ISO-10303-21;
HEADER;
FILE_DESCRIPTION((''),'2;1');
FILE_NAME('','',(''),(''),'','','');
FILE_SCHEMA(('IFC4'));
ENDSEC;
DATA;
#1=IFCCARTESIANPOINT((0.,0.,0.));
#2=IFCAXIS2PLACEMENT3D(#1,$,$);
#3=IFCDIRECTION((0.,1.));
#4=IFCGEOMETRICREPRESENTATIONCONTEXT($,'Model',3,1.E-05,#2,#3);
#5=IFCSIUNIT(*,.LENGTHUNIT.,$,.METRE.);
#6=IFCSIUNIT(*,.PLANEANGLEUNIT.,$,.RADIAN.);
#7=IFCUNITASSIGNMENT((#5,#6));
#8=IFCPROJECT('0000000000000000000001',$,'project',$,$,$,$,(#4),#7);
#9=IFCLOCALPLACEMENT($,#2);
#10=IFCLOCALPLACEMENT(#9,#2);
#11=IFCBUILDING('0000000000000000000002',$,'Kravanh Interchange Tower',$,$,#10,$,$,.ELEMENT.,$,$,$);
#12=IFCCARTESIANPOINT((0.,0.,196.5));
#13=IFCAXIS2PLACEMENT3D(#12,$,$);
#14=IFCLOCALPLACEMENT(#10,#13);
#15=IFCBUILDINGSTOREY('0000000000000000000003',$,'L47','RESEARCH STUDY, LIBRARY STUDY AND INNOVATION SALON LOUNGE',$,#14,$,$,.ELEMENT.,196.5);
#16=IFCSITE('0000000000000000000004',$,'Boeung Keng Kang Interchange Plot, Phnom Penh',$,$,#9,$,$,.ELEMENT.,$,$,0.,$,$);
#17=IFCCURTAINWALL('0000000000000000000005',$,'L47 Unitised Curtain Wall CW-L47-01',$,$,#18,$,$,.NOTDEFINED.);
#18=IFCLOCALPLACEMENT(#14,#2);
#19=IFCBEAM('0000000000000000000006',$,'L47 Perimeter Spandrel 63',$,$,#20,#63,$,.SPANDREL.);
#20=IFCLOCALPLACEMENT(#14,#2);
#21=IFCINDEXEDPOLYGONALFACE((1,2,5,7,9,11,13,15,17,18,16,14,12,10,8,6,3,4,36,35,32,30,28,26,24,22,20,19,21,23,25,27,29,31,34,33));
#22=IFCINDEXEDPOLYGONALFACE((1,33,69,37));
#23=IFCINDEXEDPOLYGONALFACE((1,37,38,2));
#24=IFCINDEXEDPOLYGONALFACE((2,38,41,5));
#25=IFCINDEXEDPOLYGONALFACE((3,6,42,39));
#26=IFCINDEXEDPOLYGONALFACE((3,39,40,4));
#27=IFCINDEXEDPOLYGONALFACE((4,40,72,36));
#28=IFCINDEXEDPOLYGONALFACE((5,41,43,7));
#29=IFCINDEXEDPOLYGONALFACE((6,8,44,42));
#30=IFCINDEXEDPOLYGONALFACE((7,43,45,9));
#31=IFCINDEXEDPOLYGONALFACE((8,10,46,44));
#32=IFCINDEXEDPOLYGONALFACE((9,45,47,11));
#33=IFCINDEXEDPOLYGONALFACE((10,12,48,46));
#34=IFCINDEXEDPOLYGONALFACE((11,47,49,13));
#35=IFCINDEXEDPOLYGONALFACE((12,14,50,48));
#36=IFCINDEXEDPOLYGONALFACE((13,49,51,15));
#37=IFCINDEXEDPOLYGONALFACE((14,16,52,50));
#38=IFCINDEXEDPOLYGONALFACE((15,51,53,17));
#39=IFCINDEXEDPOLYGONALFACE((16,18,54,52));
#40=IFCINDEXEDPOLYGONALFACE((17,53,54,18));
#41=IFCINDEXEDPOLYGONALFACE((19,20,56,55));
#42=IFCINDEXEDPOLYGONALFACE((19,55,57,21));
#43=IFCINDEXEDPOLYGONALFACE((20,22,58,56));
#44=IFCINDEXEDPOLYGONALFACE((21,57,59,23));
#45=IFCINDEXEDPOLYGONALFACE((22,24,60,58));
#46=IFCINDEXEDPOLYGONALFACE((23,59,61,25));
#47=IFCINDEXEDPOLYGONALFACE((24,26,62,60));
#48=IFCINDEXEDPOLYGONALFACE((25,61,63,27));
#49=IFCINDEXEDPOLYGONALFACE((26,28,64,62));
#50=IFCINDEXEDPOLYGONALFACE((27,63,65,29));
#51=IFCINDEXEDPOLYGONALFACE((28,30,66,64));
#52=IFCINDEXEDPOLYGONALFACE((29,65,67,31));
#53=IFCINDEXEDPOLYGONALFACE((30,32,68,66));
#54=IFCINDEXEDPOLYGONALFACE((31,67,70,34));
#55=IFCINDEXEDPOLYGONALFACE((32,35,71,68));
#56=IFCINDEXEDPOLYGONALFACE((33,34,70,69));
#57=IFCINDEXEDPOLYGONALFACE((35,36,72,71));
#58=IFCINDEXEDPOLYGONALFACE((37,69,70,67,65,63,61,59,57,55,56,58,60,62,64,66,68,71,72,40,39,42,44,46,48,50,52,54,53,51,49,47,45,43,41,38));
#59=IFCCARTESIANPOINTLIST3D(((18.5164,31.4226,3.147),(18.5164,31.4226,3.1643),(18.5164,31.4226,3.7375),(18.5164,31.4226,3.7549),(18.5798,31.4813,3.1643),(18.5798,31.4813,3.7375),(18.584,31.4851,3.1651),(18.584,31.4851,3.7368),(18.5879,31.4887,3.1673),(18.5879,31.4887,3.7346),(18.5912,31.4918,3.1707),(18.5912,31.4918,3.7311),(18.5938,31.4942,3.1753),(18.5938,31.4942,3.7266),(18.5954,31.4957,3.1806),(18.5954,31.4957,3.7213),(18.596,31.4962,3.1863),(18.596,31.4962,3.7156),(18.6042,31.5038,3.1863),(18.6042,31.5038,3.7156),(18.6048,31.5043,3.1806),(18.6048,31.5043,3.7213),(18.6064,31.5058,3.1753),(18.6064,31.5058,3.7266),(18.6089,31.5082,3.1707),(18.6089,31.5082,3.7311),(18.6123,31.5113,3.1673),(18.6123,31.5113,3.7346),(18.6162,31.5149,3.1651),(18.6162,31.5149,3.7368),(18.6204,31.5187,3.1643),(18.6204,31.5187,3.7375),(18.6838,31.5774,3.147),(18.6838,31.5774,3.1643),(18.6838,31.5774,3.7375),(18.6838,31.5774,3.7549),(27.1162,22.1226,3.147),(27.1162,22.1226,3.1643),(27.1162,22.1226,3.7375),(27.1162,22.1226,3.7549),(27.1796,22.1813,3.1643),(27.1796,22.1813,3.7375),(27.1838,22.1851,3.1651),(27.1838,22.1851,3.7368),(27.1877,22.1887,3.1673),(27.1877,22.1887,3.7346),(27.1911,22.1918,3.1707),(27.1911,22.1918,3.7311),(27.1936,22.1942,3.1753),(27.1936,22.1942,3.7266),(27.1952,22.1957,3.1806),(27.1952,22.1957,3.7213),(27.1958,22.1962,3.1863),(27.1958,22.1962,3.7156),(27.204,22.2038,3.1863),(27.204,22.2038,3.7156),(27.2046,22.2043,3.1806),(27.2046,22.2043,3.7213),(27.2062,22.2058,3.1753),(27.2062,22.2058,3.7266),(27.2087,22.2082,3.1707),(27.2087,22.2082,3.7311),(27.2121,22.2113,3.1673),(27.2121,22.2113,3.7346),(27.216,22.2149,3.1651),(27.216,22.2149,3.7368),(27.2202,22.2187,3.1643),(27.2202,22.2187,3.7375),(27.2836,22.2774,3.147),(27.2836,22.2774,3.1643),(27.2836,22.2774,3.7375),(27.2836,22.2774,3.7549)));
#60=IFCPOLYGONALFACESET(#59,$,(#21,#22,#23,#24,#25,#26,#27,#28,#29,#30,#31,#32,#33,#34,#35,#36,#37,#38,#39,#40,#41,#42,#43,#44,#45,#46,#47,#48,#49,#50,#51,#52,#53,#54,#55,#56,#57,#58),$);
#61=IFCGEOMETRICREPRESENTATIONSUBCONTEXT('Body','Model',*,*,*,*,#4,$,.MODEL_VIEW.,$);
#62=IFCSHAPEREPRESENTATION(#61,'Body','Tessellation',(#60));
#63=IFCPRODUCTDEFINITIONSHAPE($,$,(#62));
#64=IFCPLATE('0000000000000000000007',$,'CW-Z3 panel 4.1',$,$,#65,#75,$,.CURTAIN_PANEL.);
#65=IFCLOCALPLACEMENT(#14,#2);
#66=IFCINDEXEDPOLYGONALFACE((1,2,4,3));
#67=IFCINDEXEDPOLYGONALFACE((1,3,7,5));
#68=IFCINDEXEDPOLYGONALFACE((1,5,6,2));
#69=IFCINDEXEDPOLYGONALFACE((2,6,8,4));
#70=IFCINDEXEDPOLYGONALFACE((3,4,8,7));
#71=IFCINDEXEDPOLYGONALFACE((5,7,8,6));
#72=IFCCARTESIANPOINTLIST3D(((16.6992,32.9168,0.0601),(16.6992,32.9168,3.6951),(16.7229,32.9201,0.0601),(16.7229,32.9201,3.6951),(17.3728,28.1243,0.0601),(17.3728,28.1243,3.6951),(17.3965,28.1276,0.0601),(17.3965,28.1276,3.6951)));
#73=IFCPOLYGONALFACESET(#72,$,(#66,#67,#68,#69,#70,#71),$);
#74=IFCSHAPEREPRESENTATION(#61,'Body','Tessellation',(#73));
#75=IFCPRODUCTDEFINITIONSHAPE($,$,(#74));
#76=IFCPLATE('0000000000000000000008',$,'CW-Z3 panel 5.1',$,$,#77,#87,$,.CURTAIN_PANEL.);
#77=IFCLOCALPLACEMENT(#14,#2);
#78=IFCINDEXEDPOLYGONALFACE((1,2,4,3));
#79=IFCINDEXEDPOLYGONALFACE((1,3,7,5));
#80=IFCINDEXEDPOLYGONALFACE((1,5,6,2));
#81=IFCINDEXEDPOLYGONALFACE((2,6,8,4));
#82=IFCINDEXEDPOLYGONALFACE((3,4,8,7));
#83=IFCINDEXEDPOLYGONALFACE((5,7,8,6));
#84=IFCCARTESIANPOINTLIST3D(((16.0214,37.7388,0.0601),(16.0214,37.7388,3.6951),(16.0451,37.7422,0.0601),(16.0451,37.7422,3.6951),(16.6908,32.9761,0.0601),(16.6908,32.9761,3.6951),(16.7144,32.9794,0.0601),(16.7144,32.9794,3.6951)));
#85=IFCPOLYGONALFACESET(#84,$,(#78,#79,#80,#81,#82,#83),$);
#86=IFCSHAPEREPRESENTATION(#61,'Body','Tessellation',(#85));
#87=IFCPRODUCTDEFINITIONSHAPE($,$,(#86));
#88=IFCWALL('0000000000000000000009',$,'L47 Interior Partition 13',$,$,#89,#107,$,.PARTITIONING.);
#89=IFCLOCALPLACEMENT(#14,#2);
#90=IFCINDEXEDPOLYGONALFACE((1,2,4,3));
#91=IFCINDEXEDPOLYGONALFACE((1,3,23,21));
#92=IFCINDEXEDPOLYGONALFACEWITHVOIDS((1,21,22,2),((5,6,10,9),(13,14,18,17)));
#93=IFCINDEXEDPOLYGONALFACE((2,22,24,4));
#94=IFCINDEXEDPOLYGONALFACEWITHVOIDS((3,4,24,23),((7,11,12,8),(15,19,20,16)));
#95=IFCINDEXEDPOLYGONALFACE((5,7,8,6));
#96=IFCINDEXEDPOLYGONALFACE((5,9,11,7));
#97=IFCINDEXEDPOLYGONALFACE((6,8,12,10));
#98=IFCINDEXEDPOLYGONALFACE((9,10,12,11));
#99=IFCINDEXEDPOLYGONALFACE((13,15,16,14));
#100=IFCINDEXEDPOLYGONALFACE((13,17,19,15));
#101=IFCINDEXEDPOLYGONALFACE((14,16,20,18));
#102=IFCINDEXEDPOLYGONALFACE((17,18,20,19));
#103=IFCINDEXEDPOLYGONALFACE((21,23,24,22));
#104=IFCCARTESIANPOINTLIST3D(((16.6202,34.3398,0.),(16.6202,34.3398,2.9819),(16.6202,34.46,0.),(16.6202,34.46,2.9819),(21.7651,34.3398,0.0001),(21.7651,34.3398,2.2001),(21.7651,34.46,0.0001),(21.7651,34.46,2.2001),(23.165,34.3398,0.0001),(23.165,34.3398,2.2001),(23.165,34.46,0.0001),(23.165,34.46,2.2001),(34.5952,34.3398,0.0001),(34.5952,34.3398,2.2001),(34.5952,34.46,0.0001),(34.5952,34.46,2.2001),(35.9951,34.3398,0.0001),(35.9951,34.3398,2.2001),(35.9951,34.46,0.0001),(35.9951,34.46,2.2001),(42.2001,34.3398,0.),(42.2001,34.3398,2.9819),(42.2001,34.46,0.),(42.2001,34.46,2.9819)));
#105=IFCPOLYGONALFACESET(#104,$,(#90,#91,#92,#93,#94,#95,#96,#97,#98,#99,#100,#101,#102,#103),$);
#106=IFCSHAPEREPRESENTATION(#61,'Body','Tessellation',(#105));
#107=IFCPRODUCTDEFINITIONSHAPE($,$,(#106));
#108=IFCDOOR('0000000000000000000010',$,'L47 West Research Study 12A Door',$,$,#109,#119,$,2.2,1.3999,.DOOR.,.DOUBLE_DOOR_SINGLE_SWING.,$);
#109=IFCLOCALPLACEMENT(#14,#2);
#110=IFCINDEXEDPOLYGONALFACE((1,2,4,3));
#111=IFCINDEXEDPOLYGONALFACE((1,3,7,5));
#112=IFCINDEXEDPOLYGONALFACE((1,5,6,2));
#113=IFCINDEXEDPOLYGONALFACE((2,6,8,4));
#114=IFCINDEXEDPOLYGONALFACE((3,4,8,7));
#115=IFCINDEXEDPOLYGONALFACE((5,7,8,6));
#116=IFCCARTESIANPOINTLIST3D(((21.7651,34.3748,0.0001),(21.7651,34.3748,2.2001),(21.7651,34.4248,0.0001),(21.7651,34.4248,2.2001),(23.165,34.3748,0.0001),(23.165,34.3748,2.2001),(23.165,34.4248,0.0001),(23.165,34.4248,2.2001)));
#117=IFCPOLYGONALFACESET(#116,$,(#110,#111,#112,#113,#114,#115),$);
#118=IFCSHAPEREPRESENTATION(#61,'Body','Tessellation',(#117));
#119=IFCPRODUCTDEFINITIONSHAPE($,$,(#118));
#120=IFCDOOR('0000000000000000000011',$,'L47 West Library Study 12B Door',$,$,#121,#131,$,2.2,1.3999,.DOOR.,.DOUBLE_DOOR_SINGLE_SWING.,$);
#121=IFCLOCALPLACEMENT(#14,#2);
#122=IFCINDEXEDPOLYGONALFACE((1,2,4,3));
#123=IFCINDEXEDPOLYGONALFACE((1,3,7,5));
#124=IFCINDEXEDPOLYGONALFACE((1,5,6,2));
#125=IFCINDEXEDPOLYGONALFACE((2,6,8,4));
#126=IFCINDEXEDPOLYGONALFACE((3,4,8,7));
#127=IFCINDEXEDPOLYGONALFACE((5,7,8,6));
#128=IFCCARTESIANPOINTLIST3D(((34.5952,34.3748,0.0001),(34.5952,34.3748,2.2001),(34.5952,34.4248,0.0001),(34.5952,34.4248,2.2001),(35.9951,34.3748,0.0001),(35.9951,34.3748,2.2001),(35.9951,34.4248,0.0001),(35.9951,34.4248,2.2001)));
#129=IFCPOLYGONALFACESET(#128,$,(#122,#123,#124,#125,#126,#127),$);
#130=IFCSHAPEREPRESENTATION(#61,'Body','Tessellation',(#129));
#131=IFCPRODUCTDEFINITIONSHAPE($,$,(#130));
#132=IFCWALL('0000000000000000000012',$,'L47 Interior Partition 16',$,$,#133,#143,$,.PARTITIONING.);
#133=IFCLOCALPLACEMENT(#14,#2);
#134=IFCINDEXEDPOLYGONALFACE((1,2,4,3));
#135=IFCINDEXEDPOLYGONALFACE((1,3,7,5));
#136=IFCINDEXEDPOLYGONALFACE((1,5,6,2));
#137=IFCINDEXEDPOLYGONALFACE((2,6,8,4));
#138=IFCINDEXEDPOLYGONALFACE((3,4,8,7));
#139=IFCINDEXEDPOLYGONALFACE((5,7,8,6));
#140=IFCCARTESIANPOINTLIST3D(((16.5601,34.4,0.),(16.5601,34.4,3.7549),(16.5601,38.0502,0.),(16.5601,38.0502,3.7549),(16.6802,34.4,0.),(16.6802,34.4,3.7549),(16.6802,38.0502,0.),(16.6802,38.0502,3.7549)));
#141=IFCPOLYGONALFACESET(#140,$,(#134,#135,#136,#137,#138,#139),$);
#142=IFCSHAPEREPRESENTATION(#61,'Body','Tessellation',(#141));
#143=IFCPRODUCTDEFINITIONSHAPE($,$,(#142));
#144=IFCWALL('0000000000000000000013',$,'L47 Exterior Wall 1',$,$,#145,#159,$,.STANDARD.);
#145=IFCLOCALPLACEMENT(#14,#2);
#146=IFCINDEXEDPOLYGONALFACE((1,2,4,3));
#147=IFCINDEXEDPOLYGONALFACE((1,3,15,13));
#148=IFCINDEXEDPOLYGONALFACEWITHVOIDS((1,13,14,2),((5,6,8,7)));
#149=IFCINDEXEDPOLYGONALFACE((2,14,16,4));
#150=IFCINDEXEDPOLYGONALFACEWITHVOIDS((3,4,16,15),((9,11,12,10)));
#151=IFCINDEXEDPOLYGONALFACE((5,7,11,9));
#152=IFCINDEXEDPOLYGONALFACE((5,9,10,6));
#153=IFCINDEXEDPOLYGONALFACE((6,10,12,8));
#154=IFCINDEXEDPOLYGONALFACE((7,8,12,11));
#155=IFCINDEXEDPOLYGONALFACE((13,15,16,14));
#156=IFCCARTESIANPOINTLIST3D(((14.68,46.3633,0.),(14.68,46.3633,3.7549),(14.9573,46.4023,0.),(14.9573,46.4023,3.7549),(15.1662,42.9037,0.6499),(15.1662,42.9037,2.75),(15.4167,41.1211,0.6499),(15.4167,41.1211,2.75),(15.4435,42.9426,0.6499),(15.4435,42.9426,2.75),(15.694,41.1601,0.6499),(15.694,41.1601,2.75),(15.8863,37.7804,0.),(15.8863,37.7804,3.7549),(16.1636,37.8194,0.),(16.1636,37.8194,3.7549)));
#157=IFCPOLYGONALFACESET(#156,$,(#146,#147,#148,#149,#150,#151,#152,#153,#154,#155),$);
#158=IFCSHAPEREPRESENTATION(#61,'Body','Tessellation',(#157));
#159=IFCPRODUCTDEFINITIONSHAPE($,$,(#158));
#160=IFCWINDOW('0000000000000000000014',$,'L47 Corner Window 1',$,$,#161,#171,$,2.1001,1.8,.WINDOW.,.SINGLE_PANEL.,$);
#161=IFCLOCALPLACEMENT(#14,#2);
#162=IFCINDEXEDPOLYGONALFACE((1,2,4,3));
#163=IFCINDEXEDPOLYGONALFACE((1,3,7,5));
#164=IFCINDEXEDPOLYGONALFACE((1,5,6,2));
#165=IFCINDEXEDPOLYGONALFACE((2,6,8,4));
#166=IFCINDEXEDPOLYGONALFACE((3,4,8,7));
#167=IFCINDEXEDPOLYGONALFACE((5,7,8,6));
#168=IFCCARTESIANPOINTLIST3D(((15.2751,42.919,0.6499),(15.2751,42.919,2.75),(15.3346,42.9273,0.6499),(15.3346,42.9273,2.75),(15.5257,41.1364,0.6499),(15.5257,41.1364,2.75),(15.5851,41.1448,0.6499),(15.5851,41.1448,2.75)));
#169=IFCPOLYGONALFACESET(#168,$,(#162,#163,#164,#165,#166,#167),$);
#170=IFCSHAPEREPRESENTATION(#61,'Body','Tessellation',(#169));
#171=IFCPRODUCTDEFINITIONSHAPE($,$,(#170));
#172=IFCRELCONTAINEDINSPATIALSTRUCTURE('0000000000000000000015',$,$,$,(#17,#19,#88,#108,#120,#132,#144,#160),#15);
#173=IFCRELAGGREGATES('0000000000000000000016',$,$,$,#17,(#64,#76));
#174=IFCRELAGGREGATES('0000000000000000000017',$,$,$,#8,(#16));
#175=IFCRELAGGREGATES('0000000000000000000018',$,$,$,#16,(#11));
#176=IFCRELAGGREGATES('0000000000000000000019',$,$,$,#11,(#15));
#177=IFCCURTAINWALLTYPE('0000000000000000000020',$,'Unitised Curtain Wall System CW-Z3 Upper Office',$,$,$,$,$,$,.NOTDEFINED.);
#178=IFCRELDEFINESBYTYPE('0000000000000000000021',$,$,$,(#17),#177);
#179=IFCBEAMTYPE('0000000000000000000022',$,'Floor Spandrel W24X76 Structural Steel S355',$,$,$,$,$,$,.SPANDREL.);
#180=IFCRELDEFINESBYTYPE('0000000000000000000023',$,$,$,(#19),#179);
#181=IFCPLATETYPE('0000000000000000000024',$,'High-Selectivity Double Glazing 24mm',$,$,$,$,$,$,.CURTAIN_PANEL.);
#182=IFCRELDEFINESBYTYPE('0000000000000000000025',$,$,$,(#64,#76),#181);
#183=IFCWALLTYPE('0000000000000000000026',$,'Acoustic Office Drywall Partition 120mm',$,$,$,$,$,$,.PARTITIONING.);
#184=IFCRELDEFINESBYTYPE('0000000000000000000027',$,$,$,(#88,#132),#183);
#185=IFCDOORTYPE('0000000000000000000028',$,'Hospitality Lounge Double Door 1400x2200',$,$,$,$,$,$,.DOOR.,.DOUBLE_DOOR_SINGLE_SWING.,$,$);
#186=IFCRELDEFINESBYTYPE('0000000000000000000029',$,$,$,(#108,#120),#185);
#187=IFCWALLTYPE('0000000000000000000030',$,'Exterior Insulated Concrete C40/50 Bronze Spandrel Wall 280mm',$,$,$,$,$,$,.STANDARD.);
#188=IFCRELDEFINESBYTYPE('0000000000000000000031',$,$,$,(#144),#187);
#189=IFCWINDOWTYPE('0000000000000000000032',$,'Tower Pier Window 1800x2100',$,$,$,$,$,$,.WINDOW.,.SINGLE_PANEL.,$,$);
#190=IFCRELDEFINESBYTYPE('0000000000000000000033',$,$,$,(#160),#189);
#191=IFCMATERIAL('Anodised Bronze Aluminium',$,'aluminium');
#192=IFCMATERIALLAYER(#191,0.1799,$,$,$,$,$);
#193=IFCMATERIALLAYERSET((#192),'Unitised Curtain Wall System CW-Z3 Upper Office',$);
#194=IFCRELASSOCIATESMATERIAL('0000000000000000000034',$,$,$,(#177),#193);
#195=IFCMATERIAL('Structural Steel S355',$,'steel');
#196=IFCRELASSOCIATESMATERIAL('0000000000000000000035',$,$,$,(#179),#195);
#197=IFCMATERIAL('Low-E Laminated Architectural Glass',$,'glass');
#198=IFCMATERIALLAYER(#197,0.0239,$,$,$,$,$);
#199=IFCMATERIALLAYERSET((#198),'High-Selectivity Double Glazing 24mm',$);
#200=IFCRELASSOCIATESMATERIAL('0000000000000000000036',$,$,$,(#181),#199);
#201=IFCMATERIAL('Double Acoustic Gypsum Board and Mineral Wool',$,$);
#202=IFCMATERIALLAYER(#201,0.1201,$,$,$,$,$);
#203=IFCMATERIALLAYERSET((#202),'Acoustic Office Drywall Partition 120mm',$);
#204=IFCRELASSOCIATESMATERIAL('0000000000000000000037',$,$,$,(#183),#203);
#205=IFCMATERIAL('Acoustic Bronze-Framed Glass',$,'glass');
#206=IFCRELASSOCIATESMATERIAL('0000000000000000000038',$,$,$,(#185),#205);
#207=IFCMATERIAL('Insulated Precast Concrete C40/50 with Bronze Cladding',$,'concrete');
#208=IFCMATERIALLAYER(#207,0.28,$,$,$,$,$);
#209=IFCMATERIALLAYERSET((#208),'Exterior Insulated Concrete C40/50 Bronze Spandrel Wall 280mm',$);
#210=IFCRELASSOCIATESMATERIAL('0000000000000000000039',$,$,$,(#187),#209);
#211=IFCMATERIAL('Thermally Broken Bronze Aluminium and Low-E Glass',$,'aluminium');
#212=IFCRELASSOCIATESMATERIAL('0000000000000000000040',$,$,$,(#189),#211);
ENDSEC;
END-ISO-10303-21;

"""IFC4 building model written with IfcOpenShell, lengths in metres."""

from ifc_helpers import new_model, si_unit, direction, frame, frame_2d, origin, origin_2d, place, context, subcontext, project, spatial, rectangle, i_section, extrude, material, layer, layer_set, material_profile, profile_set, type_object, element, fill, aggregate, save


model = new_model("IFC4")

# Units and contexts
model_context = context("Model", 3, precision=1e-05, world=origin(), true_north=direction((0.0, 1.0)))
body_context = subcontext(model_context, "Body", "Model", "MODEL_VIEW")
ifc_project = project(units=[si_unit("LENGTHUNIT", "METRE"), si_unit("PLANEANGLEUNIT", "RADIAN")], contexts=[model_context])

# Site, building, storey
site_placement = place(None, origin())
site = spatial("IfcSite", under=ifc_project, at=site_placement, Name="Boeung Keng Kang Interchange Plot, Phnom Penh", CompositionType="ELEMENT", RefElevation=0.0)
building_placement = place(site_placement, origin())
building = spatial("IfcBuilding", under=site, at=building_placement, Name="Kravanh Interchange Tower", CompositionType="ELEMENT")
storey_placement = place(building_placement, frame((0.0, 0.0, 196.5)))
storey = spatial("IfcBuildingStorey", under=building, at=storey_placement, Name="L47", Description="RESEARCH STUDY, LIBRARY STUDY AND INNOVATION SALON LOUNGE", CompositionType="ELEMENT", Elevation=196.5)

# Curtain wall
ifc_material_1 = material(Name="Anodised Bronze Aluminium", Category="aluminium")
ifc_layer_1 = layer(ifc_material_1, 0.1799)
ifc_layer_set_1 = layer_set([ifc_layer_1], Name="Unitised Curtain Wall System CW-Z3 Upper Office")
curtain_wall_type = type_object("IfcCurtainWallType", Name="Unitised Curtain Wall System CW-Z3 Upper Office", PredefinedType="NOTDEFINED", material=ifc_layer_set_1)
curtain_wall_placement = place(storey_placement, origin())
curtain_wall = element("IfcCurtainWall", 1, at=curtain_wall_placement, inside=storey, type_object=curtain_wall_type, Name="L47 Unitised Curtain Wall CW-L47-01", PredefinedType="NOTDEFINED")

# Beam
ifc_material_2 = material(Name="Structural Steel S355", Category="steel")
ifc_material_profile_1 = material_profile(ifc_material_2, i_section(OverallWidth=0.228, OverallDepth=0.6079, WebThickness=0.0112, FlangeThickness=0.0173, FilletRadius=0.022, at=origin_2d()), Name="W24X76")
ifc_profile_set_1 = profile_set([ifc_material_profile_1], Name="Structural Steel S355")
beam_type_1 = type_object("IfcBeamType", Name="Floor Spandrel W24X76 Structural Steel S355", PredefinedType="SPANDREL", material=ifc_profile_set_1)
beam_1_placement = place(storey_placement, frame((18.6001, 31.5, 3.4509), z_axis=(0.678927, -0.734205, 0.0), x_axis=(0.734205, 0.678927, 0.0)))
element("IfcBeam", 2, at=beam_1_placement, inside=storey, type_object=beam_type_1, Name="L47 Perimeter Spandrel 63", PredefinedType="SPANDREL", context=body_context, shape_type="SweptSolid", body=[
    extrude(i_section(OverallWidth=0.228, OverallDepth=0.6079, WebThickness=0.0112, FlangeThickness=0.0173, FilletRadius=0.022, at=origin_2d()), origin(), (0.0, 0.0, 1.0), 12.6667),
])

# Plates
ifc_material_3 = material(Name="Low-E Laminated Architectural Glass", Category="glass")
ifc_layer_2 = layer(ifc_material_3, 0.0239)
ifc_layer_set_2 = layer_set([ifc_layer_2], Name="High-Selectivity Double Glazing 24mm")
plate_type = type_object("IfcPlateType", Name="High-Selectivity Double Glazing 24mm", PredefinedType="CURTAIN_PANEL", material=ifc_layer_set_2)
plate_1_placement = place(storey_placement, frame((17.0479, 30.5222, 0.0601), z_axis=(0.0, 0.0, 1.0), x_axis=(-0.139172, 0.990268, 0.0)))
plate_1 = element("IfcPlate", 3, at=plate_1_placement, type_object=plate_type, Name="CW-Z3 panel 4.1", PredefinedType="CURTAIN_PANEL", context=body_context, shape_type="SweptSolid", body=[
    extrude(rectangle(XDim=4.8396, YDim=0.0239, at=origin_2d()), origin(), (0.0, 0.0, 1.0), 3.635),
])
plate_2_placement = place(storey_placement, frame((16.3679, 35.3591, 0.0601), z_axis=(0.0, 0.0, 1.0), x_axis=(-0.139172, 0.990268, 0.0)))
plate_2 = element("IfcPlate", 4, at=plate_2_placement, type_object=plate_type, Name="CW-Z3 panel 5.1", PredefinedType="CURTAIN_PANEL", context=body_context, shape_type="SweptSolid", body=[
    extrude(rectangle(XDim=4.8096, YDim=0.0239, at=origin_2d()), origin(), (0.0, 0.0, 1.0), 3.635),
])
aggregate(curtain_wall, [plate_1, plate_2])

# Wall, openings, doors
ifc_material_4 = material(Name="Double Acoustic Gypsum Board and Mineral Wool")
ifc_layer_3 = layer(ifc_material_4, 0.1201)
ifc_layer_set_3 = layer_set([ifc_layer_3], Name="Acoustic Office Drywall Partition 120mm")
wall_type_1 = type_object("IfcWallType", Name="Acoustic Office Drywall Partition 120mm", PredefinedType="PARTITIONING", material=ifc_layer_set_3)
wall_1_placement = place(storey_placement, frame((16.6201, 34.3999, 0.0), z_axis=(0.0, 0.0, 1.0), x_axis=(1.0, 0.0, 0.0)))
wall_1 = element("IfcWall", 5, at=wall_1_placement, inside=storey, type_object=wall_type_1, Name="L47 Interior Partition 13", PredefinedType="PARTITIONING", context=body_context, shape_type="SweptSolid", body=[
    extrude(rectangle(XDim=25.5798, YDim=0.1201, at=frame_2d((12.79, 0.0))), origin(), (0.0, 0.0, 1.0), 2.9819),
])
opening_1_placement = place(wall_1_placement, frame((5.145, 0.0, 0.0)))
opening_1 = element("IfcOpeningElement", 6, at=opening_1_placement, cuts=wall_1, PredefinedType="OPENING", context=body_context, shape_type="SweptSolid", body=[
    extrude(rectangle(XDim=1.3999, YDim=2.2, at=frame_2d((0.7, 1.1001))), frame((0.0, 0.0701, 0.0), z_axis=(0.0, -1.0, 0.0), x_axis=(1.0, 0.0, 0.0)), (0.0, 0.0, 1.0), 0.1401),
])
opening_2_placement = place(wall_1_placement, frame((17.9751, 0.0, 0.0)))
opening_2 = element("IfcOpeningElement", 7, at=opening_2_placement, cuts=wall_1, PredefinedType="OPENING", context=body_context, shape_type="SweptSolid", body=[
    extrude(rectangle(XDim=1.3999, YDim=2.2, at=frame_2d((0.7, 1.1001))), frame((0.0, 0.0701, 0.0), z_axis=(0.0, -1.0, 0.0), x_axis=(1.0, 0.0, 0.0)), (0.0, 0.0, 1.0), 0.1401),
])
ifc_material_5 = material(Name="Acoustic Bronze-Framed Glass", Category="glass")
door_type = type_object("IfcDoorType", Name="Hospitality Lounge Double Door 1400x2200", OperationType="DOUBLE_DOOR_SINGLE_SWING", PredefinedType="DOOR", material=ifc_material_5)
door_1_placement = place(opening_1_placement, origin())
door_1 = element("IfcDoor", 8, at=door_1_placement, inside=storey, type_object=door_type, Name="L47 West Research Study 12A Door", OperationType="DOUBLE_DOOR_SINGLE_SWING", OverallHeight=2.2, OverallWidth=1.3999, PredefinedType="DOOR", context=body_context, shape_type="SweptSolid", body=[
    extrude(rectangle(XDim=1.3999, YDim=2.2, at=frame_2d((0.7, 1.1001))), frame((0.0, 0.0249, 0.0), z_axis=(0.0, -1.0, 0.0), x_axis=(1.0, 0.0, 0.0)), (0.0, 0.0, 1.0), 0.05),
])
fill(opening_1, door_1)
door_2_placement = place(opening_2_placement, origin())
door_2 = element("IfcDoor", 9, at=door_2_placement, inside=storey, type_object=door_type, Name="L47 West Library Study 12B Door", OperationType="DOUBLE_DOOR_SINGLE_SWING", OverallHeight=2.2, OverallWidth=1.3999, PredefinedType="DOOR", context=body_context, shape_type="SweptSolid", body=[
    extrude(rectangle(XDim=1.3999, YDim=2.2, at=frame_2d((0.7, 1.1001))), frame((0.0, 0.0249, 0.0), z_axis=(0.0, -1.0, 0.0), x_axis=(1.0, 0.0, 0.0)), (0.0, 0.0, 1.0), 0.05),
])
fill(opening_2, door_2)

# Wall
wall_2_placement = place(storey_placement, frame((16.6201, 34.3999, 0.0), z_axis=(0.0, 0.0, 1.0), x_axis=(0.0, 1.0, 0.0)))
element("IfcWall", 10, at=wall_2_placement, inside=storey, type_object=wall_type_1, Name="L47 Interior Partition 16", PredefinedType="PARTITIONING", context=body_context, shape_type="SweptSolid", body=[
    extrude(rectangle(XDim=3.6501, YDim=0.1201, at=frame_2d((1.8252, 0.0))), origin(), (0.0, 0.0, 1.0), 3.7549),
])

# Wall, opening, window
ifc_material_6 = material(Name="Insulated Precast Concrete C40/50 with Bronze Cladding", Category="concrete")
ifc_layer_4 = layer(ifc_material_6, 0.28)
ifc_layer_set_4 = layer_set([ifc_layer_4], Name="Exterior Insulated Concrete C40/50 Bronze Spandrel Wall 280mm")
wall_type_2 = type_object("IfcWallType", Name="Exterior Insulated Concrete C40/50 Bronze Spandrel Wall 280mm", PredefinedType="STANDARD", material=ifc_layer_set_4)
wall_3_placement = place(storey_placement, frame((16.0249, 37.8, 0.0), z_axis=(0.0, 0.0, 1.0), x_axis=(-0.139181, 0.990267, 0.0)))
wall_3 = element("IfcWall", 11, at=wall_3_placement, inside=storey, type_object=wall_type_2, Name="L47 Exterior Wall 1", PredefinedType="STANDARD", context=body_context, shape_type="SweptSolid", body=[
    extrude(rectangle(XDim=8.6672, YDim=0.28, at=frame_2d((4.3335, 0.0))), origin(), (0.0, 0.0, 1.0), 3.7549),
])
opening_3_placement = place(wall_3_placement, frame((3.3735, 0.0, 0.6499)))
opening_3 = element("IfcOpeningElement", 12, at=opening_3_placement, cuts=wall_3, PredefinedType="OPENING", context=body_context, shape_type="SweptSolid", body=[
    extrude(rectangle(XDim=1.8, YDim=2.1001, at=frame_2d((0.8999, 1.05))), frame((0.0, 0.1499, 0.0), z_axis=(0.0, -1.0, 0.0), x_axis=(1.0, 0.0, 0.0)), (0.0, 0.0, 1.0), 0.3),
])
ifc_material_7 = material(Name="Thermally Broken Bronze Aluminium and Low-E Glass", Category="aluminium")
window_type = type_object("IfcWindowType", Name="Tower Pier Window 1800x2100", PartitioningType="SINGLE_PANEL", PredefinedType="WINDOW", material=ifc_material_7)
window_placement = place(opening_3_placement, origin())
window = element("IfcWindow", 13, at=window_placement, inside=storey, type_object=window_type, Name="L47 Corner Window 1", OverallHeight=2.1001, OverallWidth=1.8, PartitioningType="SINGLE_PANEL", PredefinedType="WINDOW", context=body_context, shape_type="SweptSolid", body=[
    extrude(rectangle(XDim=1.8, YDim=2.1001, at=frame_2d((0.8999, 1.05))), frame((0.0, 0.03, 0.0), z_axis=(0.0, -1.0, 0.0), x_axis=(1.0, 0.0, 0.0)), (0.0, 0.0, 1.0), 0.0601),
])
fill(opening_3, window)

save(model, "model.ifc")
